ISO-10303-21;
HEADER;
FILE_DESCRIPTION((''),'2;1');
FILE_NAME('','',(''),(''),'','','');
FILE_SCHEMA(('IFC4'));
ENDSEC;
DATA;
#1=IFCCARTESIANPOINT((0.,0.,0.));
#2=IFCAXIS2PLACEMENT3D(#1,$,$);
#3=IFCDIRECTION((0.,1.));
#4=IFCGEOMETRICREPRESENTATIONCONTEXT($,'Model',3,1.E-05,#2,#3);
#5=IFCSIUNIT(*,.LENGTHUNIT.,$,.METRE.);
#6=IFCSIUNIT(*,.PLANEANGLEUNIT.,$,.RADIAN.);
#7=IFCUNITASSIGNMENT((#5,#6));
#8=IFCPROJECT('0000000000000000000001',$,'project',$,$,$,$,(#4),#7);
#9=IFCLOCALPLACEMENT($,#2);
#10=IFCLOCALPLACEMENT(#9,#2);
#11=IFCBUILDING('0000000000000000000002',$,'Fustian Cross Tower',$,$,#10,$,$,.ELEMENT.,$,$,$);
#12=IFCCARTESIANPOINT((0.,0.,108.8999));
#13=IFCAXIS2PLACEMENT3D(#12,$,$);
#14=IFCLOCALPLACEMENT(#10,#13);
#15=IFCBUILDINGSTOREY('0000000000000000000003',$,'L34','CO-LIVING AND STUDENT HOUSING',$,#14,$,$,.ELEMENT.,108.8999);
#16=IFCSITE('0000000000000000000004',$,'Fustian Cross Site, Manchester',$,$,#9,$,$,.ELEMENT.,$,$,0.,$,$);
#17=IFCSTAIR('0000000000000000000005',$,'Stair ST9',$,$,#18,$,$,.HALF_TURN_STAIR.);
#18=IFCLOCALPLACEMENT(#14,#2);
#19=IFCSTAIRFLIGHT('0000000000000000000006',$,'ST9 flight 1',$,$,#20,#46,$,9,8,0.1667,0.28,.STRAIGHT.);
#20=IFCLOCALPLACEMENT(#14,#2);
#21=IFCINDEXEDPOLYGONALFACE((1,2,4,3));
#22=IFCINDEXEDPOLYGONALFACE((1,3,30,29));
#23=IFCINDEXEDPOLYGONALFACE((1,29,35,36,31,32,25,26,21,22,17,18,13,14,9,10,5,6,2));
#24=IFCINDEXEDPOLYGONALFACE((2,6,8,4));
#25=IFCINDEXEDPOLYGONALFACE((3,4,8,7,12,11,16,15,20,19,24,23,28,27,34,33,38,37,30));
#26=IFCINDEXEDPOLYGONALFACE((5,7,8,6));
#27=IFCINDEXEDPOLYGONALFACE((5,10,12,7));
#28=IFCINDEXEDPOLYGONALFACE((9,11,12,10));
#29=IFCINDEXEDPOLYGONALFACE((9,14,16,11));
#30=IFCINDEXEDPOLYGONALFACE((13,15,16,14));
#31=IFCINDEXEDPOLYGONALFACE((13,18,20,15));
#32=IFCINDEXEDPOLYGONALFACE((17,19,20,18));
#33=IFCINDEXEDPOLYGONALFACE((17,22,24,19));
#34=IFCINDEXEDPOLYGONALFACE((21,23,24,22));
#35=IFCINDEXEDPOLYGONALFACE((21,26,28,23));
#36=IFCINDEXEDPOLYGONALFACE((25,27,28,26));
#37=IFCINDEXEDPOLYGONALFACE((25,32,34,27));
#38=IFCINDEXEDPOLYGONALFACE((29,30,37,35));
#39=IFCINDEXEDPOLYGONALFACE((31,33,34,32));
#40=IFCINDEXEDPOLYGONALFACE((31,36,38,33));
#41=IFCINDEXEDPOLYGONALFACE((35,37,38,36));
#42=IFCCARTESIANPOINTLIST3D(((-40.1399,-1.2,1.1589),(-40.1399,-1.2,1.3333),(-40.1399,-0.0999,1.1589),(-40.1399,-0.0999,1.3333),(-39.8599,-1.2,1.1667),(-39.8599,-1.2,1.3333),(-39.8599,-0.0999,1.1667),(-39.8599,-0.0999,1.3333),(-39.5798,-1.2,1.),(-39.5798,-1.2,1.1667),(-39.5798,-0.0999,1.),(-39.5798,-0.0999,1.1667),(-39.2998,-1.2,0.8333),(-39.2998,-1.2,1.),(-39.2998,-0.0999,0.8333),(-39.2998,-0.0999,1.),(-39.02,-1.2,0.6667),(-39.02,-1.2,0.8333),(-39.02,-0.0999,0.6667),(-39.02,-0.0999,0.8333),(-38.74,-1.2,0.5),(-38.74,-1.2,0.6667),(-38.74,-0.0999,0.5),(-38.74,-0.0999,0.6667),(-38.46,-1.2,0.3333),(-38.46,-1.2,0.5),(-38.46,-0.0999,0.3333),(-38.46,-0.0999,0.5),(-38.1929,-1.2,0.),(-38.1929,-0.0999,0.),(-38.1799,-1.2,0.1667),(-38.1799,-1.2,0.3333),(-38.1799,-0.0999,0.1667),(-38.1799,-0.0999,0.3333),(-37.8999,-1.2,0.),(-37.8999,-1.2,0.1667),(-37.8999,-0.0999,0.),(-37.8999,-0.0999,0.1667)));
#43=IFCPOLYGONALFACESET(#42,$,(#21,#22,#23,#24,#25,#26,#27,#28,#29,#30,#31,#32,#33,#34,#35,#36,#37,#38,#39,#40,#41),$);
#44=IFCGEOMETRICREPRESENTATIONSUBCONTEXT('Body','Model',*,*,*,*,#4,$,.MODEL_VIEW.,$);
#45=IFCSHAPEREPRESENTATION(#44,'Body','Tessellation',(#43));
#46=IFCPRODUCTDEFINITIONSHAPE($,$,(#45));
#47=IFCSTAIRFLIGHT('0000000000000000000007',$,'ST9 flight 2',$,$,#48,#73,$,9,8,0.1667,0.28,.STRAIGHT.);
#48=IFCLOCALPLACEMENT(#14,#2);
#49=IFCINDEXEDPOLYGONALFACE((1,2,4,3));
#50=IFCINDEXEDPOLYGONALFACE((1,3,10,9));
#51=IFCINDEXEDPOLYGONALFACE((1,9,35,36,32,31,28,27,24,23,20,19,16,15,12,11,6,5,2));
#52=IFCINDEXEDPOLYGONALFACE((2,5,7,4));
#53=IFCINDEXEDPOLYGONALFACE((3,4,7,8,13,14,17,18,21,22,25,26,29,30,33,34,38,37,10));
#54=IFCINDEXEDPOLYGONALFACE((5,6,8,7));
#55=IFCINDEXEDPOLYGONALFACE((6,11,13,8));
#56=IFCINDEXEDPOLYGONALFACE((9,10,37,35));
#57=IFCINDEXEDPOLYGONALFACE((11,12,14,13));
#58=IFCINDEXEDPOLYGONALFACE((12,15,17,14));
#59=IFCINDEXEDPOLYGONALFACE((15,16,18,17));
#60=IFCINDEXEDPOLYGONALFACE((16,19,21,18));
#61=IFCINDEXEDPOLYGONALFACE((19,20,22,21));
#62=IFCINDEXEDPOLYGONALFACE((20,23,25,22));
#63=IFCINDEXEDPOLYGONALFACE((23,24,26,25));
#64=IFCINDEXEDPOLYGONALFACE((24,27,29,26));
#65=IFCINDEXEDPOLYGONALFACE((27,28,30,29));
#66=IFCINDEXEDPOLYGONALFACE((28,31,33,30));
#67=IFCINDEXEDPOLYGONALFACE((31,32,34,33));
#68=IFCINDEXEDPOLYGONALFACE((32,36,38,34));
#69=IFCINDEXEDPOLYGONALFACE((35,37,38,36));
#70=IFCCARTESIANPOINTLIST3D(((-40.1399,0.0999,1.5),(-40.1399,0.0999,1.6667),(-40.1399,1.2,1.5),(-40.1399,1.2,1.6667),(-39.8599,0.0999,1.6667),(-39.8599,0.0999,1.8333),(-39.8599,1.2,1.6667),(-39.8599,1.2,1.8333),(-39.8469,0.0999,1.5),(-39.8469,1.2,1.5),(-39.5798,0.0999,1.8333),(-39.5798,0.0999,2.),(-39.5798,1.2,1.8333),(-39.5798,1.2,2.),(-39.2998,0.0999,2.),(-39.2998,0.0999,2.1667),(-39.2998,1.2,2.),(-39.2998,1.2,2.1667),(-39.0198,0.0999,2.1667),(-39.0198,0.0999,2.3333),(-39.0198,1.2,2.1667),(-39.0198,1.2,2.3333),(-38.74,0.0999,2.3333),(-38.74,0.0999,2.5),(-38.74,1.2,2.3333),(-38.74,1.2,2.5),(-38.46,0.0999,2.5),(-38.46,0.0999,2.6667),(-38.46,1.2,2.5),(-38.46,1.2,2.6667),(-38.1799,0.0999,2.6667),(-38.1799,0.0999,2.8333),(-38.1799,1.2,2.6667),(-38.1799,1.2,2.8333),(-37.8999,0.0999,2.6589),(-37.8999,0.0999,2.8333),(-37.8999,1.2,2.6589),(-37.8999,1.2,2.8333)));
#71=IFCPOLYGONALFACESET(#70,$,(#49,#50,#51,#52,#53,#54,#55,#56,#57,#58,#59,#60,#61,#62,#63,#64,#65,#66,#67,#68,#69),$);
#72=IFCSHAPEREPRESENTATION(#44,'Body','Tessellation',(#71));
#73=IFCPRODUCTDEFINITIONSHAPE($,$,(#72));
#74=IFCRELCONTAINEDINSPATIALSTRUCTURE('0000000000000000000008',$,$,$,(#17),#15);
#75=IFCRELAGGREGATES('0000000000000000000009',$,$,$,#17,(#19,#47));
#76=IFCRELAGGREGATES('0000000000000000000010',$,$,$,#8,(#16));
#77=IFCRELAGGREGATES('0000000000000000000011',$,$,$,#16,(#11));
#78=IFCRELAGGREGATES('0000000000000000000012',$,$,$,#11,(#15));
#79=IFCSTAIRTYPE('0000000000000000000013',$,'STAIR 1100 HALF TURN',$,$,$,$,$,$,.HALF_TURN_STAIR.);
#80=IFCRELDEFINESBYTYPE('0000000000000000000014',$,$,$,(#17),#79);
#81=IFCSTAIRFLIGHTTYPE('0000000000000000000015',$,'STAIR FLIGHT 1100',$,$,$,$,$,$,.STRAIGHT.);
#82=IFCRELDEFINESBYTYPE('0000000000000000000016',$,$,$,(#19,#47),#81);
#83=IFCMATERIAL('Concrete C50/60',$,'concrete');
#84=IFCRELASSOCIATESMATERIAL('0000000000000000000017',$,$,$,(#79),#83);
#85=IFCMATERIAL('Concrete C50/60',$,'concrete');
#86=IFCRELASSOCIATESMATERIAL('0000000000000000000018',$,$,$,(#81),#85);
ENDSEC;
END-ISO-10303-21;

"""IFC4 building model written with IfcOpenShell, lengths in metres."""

from ifc_helpers import new_model, si_unit, direction, frame, origin, place, context, subcontext, project, spatial, polyline, outline, extrude, material, type_object, element, aggregate, save


model = new_model("IFC4")

# Units and contexts
model_context = context("Model", 3, precision=1e-05, world=origin(), true_north=direction((0.0, 1.0)))
body_context = subcontext(model_context, "Body", "Model", "MODEL_VIEW")
ifc_project = project(units=[si_unit("LENGTHUNIT", "METRE"), si_unit("PLANEANGLEUNIT", "RADIAN")], contexts=[model_context])

# Site, building, storey
site_placement = place(None, origin())
site = spatial("IfcSite", under=ifc_project, at=site_placement, Name="Fustian Cross Site, Manchester", CompositionType="ELEMENT", RefElevation=0.0)
building_placement = place(site_placement, origin())
building = spatial("IfcBuilding", under=site, at=building_placement, Name="Fustian Cross Tower", CompositionType="ELEMENT")
storey_placement = place(building_placement, frame((0.0, 0.0, 108.8999)))
storey = spatial("IfcBuildingStorey", under=building, at=storey_placement, Name="L34", Description="CO-LIVING AND STUDENT HOUSING", CompositionType="ELEMENT", Elevation=108.8999)

# Stair, stair flights
ifc_material_1 = material(Name="Concrete C50/60", Category="concrete")
stair_type = type_object("IfcStairType", Name="STAIR 1100 HALF TURN", PredefinedType="HALF_TURN_STAIR", material=ifc_material_1)
stair_placement = place(storey_placement, origin())
stair = element("IfcStair", 1, at=stair_placement, inside=storey, type_object=stair_type, Name="Stair ST9", PredefinedType="HALF_TURN_STAIR")
ifc_material_2 = material(Name="Concrete C50/60", Category="concrete")
stair_flight_type = type_object("IfcStairFlightType", Name="STAIR FLIGHT 1100", PredefinedType="STRAIGHT", material=ifc_material_2)
stair_flight_1_placement = place(storey_placement, frame((-37.8999, -0.6499, 0.0), z_axis=(0.0, 0.0, 1.0), x_axis=(-1.0, 0.0, 0.0)))
stair_flight_1 = element("IfcStairFlight", 2, at=stair_flight_1_placement, type_object=stair_flight_type, Name="ST9 flight 1", NumberOfRisers=9, NumberOfTreads=8, PredefinedType="STRAIGHT", RiserHeight=0.1667, TreadLength=0.28, context=body_context, shape_type="SweptSolid", body=[
    extrude(outline(polyline([(0.0, 0.0), (0.0, 0.1667), (0.28, 0.1667), (0.28, 0.3333), (0.5601, 0.3333), (0.5601, 0.5), (0.8401, 0.5), (0.8401, 0.6667), (1.1201, 0.6667), (1.1201, 0.8333), (1.3999, 0.8333), (1.3999, 1.0), (1.6799, 1.0), (1.6799, 1.1667), (1.96, 1.1667), (1.96, 1.3333), (2.24, 1.3333), (2.24, 1.5), (2.24, 1.1589), (0.293, 0.0), (0.0, 0.0)])), frame((0.0, 0.55, 0.0), z_axis=(0.0, -1.0, 0.0), x_axis=(1.0, 0.0, 0.0)), (0.0, 0.0, 1.0), 1.1001),
])
stair_flight_2_placement = place(storey_placement, frame((-40.1399, 0.6499, 1.5), z_axis=(0.0, 0.0, 1.0), x_axis=(1.0, 0.0, 0.0)))
stair_flight_2 = element("IfcStairFlight", 3, at=stair_flight_2_placement, type_object=stair_flight_type, Name="ST9 flight 2", NumberOfRisers=9, NumberOfTreads=8, PredefinedType="STRAIGHT", RiserHeight=0.1667, TreadLength=0.28, context=body_context, shape_type="SweptSolid", body=[
    extrude(outline(polyline([(0.0, 0.0), (0.0, 0.1667), (0.28, 0.1667), (0.28, 0.3333), (0.5601, 0.3333), (0.5601, 0.5), (0.8401, 0.5), (0.8401, 0.6667), (1.1201, 0.6667), (1.1201, 0.8333), (1.3999, 0.8333), (1.3999, 1.0), (1.6799, 1.0), (1.6799, 1.1667), (1.96, 1.1667), (1.96, 1.3333), (2.24, 1.3333), (2.24, 1.5), (2.24, 1.1589), (0.293, 0.0), (0.0, 0.0)])), frame((0.0, 0.55, 0.0), z_axis=(0.0, -1.0, 0.0), x_axis=(1.0, 0.0, 0.0)), (0.0, 0.0, 1.0), 1.1001),
])
aggregate(stair, [stair_flight_1, stair_flight_2])

save(model, "model.ifc")
